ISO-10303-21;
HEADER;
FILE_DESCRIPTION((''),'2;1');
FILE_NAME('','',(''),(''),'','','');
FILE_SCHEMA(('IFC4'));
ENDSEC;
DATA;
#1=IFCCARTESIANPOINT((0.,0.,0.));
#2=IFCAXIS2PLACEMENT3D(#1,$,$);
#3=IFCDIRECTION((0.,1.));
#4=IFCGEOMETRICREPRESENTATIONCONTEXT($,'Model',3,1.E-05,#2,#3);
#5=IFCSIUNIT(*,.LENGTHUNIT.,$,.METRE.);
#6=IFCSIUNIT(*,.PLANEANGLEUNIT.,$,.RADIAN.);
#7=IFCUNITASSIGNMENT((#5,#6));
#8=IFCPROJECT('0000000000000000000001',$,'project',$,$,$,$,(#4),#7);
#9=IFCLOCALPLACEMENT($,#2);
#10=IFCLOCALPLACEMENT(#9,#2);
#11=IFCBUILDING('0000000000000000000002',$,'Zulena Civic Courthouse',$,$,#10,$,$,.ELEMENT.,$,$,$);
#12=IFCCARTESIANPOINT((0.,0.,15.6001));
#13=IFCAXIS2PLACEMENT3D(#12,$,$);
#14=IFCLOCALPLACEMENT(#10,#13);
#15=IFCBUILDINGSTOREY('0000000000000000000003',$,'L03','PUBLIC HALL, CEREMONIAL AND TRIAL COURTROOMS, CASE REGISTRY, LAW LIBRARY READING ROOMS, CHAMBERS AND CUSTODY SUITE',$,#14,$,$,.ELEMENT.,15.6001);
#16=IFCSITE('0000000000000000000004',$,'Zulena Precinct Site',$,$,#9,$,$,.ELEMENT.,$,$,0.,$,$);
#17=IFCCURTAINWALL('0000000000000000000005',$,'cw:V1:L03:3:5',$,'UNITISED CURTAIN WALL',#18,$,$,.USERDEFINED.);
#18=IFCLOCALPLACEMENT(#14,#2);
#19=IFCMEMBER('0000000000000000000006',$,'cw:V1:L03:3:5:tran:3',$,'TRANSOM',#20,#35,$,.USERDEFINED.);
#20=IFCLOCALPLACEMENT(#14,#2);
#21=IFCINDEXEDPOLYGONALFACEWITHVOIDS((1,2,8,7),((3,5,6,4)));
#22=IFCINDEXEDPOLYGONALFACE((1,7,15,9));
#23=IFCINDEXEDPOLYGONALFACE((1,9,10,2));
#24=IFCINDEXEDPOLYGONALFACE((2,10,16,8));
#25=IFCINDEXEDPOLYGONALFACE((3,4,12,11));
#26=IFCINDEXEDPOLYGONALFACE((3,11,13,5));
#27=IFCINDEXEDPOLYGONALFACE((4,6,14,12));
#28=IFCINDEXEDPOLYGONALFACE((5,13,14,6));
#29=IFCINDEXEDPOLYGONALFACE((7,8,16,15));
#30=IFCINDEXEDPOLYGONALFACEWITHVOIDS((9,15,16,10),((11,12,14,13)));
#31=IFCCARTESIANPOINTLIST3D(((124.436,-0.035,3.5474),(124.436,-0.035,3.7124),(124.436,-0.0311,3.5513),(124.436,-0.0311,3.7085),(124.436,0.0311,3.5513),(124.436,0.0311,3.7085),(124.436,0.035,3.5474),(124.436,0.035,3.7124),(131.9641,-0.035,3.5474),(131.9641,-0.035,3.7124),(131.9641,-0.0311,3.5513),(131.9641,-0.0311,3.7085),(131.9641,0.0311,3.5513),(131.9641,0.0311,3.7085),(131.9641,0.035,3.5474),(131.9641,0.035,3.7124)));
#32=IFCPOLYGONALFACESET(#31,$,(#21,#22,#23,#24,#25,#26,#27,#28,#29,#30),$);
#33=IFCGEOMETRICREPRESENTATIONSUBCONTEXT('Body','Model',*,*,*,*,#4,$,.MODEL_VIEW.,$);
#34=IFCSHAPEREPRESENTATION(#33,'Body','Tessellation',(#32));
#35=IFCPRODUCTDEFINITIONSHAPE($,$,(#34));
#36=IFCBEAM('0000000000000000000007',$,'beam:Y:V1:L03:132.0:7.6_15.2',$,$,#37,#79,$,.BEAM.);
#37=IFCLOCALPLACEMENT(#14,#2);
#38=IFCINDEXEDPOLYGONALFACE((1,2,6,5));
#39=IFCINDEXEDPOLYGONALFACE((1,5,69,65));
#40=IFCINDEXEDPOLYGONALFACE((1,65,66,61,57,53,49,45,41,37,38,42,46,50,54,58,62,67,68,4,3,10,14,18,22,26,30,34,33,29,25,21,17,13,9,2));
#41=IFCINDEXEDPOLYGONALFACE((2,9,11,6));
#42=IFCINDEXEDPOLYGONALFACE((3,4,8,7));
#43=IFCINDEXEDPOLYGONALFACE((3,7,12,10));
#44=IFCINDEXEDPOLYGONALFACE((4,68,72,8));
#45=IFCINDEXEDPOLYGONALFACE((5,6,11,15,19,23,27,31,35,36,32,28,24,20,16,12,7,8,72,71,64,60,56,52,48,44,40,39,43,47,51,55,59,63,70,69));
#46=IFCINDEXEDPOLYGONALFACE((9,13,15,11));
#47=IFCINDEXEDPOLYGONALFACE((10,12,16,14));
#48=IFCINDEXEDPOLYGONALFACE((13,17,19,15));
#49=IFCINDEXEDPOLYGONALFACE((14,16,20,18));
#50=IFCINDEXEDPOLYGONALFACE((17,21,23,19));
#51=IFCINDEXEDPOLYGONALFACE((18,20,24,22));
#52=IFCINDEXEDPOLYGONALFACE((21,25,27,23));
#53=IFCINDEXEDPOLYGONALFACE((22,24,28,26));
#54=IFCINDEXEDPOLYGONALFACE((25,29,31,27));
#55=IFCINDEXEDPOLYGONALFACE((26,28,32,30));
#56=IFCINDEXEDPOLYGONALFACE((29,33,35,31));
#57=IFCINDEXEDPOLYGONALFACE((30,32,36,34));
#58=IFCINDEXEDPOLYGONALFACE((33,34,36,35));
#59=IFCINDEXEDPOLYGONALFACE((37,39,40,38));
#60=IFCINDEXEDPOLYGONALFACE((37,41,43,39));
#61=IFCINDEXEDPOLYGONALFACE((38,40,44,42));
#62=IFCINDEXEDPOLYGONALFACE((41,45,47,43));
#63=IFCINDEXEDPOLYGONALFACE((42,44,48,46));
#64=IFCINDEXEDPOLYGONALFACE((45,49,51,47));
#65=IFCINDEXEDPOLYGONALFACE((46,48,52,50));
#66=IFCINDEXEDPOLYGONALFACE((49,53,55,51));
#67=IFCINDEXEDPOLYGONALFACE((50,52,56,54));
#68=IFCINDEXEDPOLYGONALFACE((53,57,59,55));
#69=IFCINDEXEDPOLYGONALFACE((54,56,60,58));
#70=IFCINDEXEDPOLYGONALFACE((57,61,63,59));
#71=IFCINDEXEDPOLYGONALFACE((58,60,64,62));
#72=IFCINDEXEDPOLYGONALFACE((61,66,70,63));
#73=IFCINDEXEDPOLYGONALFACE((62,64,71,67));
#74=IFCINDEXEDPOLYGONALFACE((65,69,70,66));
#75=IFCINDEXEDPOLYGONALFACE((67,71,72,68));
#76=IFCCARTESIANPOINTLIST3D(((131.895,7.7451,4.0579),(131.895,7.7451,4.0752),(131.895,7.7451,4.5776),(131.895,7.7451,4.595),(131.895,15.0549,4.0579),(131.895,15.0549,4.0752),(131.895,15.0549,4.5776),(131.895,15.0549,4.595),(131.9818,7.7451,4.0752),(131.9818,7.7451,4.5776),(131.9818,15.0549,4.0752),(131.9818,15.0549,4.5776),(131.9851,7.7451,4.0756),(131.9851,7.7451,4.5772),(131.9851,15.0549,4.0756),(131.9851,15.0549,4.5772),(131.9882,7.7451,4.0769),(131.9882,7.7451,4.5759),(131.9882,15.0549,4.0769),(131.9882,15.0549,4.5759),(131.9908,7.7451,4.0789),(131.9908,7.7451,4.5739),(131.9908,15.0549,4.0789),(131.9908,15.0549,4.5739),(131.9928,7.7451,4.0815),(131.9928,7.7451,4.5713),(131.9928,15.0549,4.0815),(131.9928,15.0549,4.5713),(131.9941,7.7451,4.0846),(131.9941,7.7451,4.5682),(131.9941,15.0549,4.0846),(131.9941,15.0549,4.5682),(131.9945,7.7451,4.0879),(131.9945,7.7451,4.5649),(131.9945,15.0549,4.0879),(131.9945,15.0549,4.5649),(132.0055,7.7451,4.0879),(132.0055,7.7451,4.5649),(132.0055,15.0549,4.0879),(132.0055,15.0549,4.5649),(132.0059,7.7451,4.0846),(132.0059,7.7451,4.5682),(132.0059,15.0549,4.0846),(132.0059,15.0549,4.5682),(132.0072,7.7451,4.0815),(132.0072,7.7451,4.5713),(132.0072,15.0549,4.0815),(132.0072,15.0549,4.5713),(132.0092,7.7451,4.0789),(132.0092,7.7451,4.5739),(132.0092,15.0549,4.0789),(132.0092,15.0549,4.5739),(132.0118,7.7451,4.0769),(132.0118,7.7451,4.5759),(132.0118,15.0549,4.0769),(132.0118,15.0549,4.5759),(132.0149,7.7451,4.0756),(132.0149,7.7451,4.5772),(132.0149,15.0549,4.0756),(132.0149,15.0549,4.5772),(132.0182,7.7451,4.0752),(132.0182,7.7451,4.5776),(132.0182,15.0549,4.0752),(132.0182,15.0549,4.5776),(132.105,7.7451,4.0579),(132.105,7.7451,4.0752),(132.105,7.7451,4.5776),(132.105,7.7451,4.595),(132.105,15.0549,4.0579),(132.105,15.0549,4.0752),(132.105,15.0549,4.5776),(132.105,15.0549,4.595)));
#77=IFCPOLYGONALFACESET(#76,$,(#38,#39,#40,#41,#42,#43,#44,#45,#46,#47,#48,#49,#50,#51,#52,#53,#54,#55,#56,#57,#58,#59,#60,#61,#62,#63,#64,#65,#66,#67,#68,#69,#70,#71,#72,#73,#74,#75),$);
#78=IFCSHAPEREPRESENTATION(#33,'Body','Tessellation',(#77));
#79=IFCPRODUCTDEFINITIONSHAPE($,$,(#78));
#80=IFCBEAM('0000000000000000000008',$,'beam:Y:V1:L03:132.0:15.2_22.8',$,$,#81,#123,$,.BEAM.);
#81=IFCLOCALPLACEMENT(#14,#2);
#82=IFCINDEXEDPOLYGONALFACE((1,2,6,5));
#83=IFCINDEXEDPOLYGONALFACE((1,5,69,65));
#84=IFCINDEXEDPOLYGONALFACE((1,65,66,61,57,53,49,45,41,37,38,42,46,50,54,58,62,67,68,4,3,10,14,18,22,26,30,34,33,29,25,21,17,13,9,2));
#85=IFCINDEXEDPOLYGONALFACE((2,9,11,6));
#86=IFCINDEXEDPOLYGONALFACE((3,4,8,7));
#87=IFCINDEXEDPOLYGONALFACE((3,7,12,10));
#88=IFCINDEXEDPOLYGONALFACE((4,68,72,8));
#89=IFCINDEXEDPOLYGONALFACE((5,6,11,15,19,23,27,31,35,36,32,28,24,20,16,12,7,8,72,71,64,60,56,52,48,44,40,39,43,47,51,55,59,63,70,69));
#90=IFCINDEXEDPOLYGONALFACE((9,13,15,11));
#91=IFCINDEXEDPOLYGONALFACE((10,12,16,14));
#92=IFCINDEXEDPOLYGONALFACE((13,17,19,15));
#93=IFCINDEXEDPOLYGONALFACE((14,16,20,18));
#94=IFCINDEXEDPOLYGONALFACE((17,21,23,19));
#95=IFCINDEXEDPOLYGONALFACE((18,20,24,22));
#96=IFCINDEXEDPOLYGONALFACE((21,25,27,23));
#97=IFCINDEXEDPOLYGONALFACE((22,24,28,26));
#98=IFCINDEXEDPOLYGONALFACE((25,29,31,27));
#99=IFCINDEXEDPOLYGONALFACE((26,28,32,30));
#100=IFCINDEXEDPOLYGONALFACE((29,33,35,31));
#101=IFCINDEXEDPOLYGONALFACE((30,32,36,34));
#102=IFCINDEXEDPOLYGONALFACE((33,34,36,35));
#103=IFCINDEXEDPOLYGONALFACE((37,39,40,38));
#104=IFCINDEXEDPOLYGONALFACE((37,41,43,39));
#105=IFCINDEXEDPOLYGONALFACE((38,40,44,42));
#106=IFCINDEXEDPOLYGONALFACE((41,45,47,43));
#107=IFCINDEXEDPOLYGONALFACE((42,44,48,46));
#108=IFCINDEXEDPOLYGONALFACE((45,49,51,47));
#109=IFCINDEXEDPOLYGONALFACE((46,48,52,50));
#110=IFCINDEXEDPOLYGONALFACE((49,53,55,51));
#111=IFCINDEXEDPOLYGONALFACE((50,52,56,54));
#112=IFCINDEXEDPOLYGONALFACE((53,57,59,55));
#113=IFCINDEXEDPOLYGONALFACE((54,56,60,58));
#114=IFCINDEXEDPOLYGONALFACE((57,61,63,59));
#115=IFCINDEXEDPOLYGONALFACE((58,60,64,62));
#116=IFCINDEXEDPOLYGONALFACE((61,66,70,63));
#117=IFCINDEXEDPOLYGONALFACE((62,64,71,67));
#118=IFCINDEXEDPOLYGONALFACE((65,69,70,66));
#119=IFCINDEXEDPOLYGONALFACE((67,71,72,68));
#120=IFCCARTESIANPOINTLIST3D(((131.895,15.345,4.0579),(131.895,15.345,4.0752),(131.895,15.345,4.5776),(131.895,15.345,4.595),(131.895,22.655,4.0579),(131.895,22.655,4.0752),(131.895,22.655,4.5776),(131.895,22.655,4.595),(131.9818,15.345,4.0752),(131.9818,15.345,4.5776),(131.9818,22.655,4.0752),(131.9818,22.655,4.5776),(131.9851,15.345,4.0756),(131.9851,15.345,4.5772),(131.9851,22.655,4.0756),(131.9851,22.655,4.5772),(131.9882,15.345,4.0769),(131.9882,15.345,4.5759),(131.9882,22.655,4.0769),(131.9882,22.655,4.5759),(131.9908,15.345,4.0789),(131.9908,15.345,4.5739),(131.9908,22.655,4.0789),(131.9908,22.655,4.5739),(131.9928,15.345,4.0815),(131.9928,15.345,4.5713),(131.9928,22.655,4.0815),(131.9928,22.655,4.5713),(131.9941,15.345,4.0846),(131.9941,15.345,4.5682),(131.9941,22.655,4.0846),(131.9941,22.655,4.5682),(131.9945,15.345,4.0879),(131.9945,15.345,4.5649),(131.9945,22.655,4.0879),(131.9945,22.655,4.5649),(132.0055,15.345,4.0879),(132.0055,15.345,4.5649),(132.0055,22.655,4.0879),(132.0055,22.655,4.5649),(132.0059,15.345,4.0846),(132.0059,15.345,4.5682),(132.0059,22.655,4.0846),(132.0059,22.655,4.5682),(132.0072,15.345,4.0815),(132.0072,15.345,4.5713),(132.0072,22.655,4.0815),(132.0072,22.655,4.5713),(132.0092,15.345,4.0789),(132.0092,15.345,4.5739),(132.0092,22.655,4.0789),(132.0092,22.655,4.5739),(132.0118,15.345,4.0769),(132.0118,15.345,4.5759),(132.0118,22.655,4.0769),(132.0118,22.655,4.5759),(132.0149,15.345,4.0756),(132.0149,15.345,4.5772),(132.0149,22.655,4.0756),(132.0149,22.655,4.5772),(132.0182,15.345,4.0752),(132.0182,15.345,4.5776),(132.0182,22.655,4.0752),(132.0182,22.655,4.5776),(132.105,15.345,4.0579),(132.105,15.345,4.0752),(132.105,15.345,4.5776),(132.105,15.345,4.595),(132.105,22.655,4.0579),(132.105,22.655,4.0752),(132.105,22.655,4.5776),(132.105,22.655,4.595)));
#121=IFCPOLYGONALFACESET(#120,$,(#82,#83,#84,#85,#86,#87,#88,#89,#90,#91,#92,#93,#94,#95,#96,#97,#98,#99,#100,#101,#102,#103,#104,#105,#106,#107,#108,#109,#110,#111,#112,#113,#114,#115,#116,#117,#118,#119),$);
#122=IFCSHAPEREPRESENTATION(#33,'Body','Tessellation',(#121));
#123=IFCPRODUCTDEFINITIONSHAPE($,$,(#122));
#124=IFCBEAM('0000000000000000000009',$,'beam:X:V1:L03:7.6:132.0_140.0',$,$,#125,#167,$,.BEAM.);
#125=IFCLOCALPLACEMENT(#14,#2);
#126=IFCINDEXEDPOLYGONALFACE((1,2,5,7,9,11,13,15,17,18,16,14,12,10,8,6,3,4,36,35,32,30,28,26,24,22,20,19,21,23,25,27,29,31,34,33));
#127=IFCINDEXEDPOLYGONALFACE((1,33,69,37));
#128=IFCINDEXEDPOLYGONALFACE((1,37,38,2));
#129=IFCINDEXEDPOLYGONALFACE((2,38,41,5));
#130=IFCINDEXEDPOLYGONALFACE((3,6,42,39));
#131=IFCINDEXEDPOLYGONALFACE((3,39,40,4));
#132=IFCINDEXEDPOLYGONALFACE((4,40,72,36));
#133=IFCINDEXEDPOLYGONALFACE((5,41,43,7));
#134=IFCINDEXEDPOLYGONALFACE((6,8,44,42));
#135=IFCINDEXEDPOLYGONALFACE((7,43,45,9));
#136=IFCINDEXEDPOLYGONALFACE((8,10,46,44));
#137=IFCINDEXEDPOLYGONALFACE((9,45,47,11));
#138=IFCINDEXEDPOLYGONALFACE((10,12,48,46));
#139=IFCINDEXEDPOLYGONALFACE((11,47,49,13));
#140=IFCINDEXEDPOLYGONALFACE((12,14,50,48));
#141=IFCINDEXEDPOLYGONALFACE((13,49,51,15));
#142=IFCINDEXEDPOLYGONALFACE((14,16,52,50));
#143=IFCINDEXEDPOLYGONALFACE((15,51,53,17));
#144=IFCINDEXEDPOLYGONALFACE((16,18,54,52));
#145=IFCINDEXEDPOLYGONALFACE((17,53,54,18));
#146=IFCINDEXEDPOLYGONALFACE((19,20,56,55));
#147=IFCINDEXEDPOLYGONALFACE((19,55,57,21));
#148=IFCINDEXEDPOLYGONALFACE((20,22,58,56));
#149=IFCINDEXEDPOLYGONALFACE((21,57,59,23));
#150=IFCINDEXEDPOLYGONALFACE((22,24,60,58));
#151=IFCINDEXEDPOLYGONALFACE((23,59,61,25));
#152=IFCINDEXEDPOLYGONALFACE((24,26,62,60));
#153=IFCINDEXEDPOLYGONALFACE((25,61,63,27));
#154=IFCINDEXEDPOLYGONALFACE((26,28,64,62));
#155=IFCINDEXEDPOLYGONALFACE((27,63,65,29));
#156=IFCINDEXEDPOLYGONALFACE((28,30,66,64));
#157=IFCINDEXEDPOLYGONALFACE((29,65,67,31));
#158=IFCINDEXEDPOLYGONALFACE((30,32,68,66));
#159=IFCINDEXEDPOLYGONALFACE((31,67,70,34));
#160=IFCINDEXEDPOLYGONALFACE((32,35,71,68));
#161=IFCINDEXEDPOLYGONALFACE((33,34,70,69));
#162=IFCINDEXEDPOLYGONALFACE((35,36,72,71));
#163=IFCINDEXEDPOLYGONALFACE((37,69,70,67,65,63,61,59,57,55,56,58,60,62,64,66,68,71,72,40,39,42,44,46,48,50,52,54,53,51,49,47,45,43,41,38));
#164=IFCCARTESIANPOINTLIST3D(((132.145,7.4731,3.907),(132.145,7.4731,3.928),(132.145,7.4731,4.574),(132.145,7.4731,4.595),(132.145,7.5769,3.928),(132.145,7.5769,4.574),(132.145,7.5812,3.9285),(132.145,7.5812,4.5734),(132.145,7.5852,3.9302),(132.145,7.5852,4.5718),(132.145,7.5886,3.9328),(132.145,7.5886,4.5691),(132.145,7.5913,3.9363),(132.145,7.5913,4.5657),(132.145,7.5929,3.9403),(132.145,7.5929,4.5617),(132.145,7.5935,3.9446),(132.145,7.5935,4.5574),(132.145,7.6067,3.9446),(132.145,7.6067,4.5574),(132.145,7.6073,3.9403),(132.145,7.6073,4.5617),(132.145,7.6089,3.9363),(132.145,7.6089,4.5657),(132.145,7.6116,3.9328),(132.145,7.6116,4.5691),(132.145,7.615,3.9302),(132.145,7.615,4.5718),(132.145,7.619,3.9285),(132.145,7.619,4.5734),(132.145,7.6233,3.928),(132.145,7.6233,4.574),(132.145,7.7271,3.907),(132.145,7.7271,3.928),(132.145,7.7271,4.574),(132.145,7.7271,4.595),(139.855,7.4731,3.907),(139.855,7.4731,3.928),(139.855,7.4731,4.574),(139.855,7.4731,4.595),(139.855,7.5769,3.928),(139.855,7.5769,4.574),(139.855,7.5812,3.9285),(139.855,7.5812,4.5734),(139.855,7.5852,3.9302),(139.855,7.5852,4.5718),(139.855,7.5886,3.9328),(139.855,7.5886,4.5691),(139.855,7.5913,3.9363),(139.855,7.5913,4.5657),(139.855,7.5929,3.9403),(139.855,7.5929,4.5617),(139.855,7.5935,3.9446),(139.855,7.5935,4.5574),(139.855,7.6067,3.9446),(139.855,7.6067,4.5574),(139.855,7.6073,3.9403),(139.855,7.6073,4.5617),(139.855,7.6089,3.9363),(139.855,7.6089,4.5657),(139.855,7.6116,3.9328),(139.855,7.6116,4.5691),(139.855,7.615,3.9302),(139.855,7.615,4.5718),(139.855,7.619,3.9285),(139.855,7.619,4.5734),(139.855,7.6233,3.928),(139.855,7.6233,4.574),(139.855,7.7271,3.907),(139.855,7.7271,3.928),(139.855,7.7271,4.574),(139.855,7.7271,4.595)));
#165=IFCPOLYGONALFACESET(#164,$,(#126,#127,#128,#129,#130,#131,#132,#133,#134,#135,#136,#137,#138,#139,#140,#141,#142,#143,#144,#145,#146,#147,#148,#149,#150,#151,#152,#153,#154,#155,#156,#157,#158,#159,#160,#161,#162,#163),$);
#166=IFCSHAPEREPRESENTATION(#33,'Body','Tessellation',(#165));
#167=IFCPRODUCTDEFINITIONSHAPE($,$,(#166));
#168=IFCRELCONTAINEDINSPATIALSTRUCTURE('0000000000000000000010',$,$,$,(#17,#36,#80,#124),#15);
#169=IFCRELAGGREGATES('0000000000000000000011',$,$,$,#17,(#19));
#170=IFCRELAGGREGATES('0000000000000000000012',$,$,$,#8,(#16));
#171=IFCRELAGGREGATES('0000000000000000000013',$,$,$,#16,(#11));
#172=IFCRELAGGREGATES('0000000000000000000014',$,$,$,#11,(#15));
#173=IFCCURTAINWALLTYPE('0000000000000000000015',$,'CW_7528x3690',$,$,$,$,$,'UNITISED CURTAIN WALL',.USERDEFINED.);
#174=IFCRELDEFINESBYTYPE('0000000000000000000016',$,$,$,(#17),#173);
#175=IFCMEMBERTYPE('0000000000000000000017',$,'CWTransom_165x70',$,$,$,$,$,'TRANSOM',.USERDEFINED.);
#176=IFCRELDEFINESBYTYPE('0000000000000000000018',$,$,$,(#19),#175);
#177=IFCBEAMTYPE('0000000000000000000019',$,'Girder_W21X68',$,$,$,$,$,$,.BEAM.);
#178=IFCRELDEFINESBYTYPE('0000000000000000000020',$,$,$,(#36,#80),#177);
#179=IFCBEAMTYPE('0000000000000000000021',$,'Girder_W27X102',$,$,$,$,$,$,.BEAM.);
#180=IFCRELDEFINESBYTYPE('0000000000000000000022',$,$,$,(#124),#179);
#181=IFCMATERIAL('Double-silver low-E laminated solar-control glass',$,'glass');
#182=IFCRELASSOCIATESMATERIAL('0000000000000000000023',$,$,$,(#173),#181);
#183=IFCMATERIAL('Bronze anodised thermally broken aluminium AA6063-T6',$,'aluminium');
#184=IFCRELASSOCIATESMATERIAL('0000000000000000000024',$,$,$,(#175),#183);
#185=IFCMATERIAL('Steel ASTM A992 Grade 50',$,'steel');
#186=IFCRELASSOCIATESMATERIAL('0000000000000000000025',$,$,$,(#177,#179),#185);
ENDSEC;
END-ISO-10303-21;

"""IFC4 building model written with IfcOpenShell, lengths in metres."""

from ifc_helpers import new_model, si_unit, direction, frame, origin, origin_2d, place, context, subcontext, project, spatial, hollow_rectangle, i_section, extrude, material, material_profile, profile_set, type_object, element, aggregate, save


model = new_model("IFC4")

# Units and contexts
model_context = context("Model", 3, precision=1e-05, world=origin(), true_north=direction((0.0, 1.0)))
body_context = subcontext(model_context, "Body", "Model", "MODEL_VIEW")
ifc_project = project(units=[si_unit("LENGTHUNIT", "METRE"), si_unit("PLANEANGLEUNIT", "RADIAN")], contexts=[model_context])

# Site, building, storey
site_placement = place(None, origin())
site = spatial("IfcSite", under=ifc_project, at=site_placement, Name="Zulena Precinct Site", CompositionType="ELEMENT", RefElevation=0.0)
building_placement = place(site_placement, origin())
building = spatial("IfcBuilding", under=site, at=building_placement, Name="Zulena Civic Courthouse", CompositionType="ELEMENT")
storey_placement = place(building_placement, frame((0.0, 0.0, 15.6001)))
storey = spatial("IfcBuildingStorey", under=building, at=storey_placement, Name="L03", Description="PUBLIC HALL, CEREMONIAL AND TRIAL COURTROOMS, CASE REGISTRY, LAW LIBRARY READING ROOMS, CHAMBERS AND CUSTODY SUITE", CompositionType="ELEMENT", Elevation=15.6001)

# Shared definitions
ifc_material_1 = material(Name="Steel ASTM A992 Grade 50", Category="steel")

# Curtain wall, member
ifc_material_2 = material(Name="Double-silver low-E laminated solar-control glass", Category="glass")
curtain_wall_type = type_object("IfcCurtainWallType", Name="CW_7528x3690", ElementType="UNITISED CURTAIN WALL", PredefinedType="USERDEFINED", material=ifc_material_2)
curtain_wall_placement = place(storey_placement, origin())
curtain_wall = element("IfcCurtainWall", 1, at=curtain_wall_placement, inside=storey, type_object=curtain_wall_type, Name="cw:V1:L03:3:5", ObjectType="UNITISED CURTAIN WALL", PredefinedType="USERDEFINED")
ifc_material_3 = material(Name="Bronze anodised thermally broken aluminium AA6063-T6", Category="aluminium")
ifc_material_profile_1 = material_profile(ifc_material_3, hollow_rectangle(XDim=0.0701, YDim=0.165, WallThickness=0.0039, at=origin_2d()), Name="CWT165X70X4")
ifc_profile_set_1 = profile_set([ifc_material_profile_1], Name="Bronze anodised thermally broken aluminium AA6063-T6")
member_type_1 = type_object("IfcMemberType", Name="CWTransom_165x70", ElementType="TRANSOM", PredefinedType="USERDEFINED", material=ifc_profile_set_1)
member_1_placement = place(storey_placement, frame((131.9641, 0.0, 3.6299), z_axis=(-1.0, 0.0, 0.0), x_axis=(0.0, -1.0, 0.0)))
member_1 = element("IfcMember", 2, at=member_1_placement, type_object=member_type_1, Name="cw:V1:L03:3:5:tran:3", ObjectType="TRANSOM", PredefinedType="USERDEFINED", context=body_context, shape_type="SweptSolid", body=[
    extrude(hollow_rectangle(XDim=0.0701, YDim=0.165, WallThickness=0.0039, at=origin_2d()), origin(), (0.0, 0.0, 1.0), 7.5281),
])

# Beams
ifc_material_profile_2 = material_profile(ifc_material_1, i_section(OverallWidth=0.21, OverallDepth=0.5371, WebThickness=0.011, FlangeThickness=0.0173, FilletRadius=0.0127, at=origin_2d()), Name="W21X68")
ifc_profile_set_2 = profile_set([ifc_material_profile_2], Name="Steel ASTM A992 Grade 50")
beam_type_1 = type_object("IfcBeamType", Name="Girder_W21X68", PredefinedType="BEAM", material=ifc_profile_set_2)
beam_1_placement = place(storey_placement, frame((132.0, 7.7451, 4.3264), z_axis=(0.0, 1.0, 0.0), x_axis=(-1.0, 0.0, 0.0)))
element("IfcBeam", 3, at=beam_1_placement, inside=storey, type_object=beam_type_1, Name="beam:Y:V1:L03:132.0:7.6_15.2", PredefinedType="BEAM", context=body_context, shape_type="SweptSolid", body=[
    extrude(i_section(OverallWidth=0.21, OverallDepth=0.5371, WebThickness=0.011, FlangeThickness=0.0173, FilletRadius=0.0127, at=origin_2d()), origin(), (0.0, 0.0, 1.0), 7.3098),
])
beam_2_placement = place(storey_placement, frame((132.0, 15.345, 4.3264), z_axis=(0.0, 1.0, 0.0), x_axis=(-1.0, 0.0, 0.0)))
element("IfcBeam", 4, at=beam_2_placement, inside=storey, type_object=beam_type_1, Name="beam:Y:V1:L03:132.0:15.2_22.8", PredefinedType="BEAM", context=body_context, shape_type="SweptSolid", body=[
    extrude(i_section(OverallWidth=0.21, OverallDepth=0.5371, WebThickness=0.011, FlangeThickness=0.0173, FilletRadius=0.0127, at=origin_2d()), origin(), (0.0, 0.0, 1.0), 7.3101),
])
ifc_material_profile_3 = material_profile(ifc_material_1, i_section(OverallWidth=0.2539, OverallDepth=0.688, WebThickness=0.0132, FlangeThickness=0.021, FilletRadius=0.0166, at=origin_2d()), Name="W27X102")
ifc_profile_set_3 = profile_set([ifc_material_profile_3], Name="Steel ASTM A992 Grade 50")
beam_type_2 = type_object("IfcBeamType", Name="Girder_W27X102", PredefinedType="BEAM", material=ifc_profile_set_3)
for number, where, z_axis, x_axis, name in (
    (5, (132.145, 7.6001, 4.251), (1.0, 0.0, 0.0), (0.0, 1.0, 0.0), "beam:X:V1:L03:7.6:132.0_140.0"),
):
    element("IfcBeam", number, at=place(storey_placement, frame(where, z_axis=z_axis, x_axis=x_axis)), inside=storey, type_object=beam_type_2, Name=name, PredefinedType="BEAM", context=body_context, shape_type="SweptSolid", body=[
        extrude(i_section(OverallWidth=0.2539, OverallDepth=0.688, WebThickness=0.0132, FlangeThickness=0.021, FilletRadius=0.0166, at=origin_2d()), origin(), (0.0, 0.0, 1.0), 7.71),
    ])

aggregate(curtain_wall, [member_1])

save(model, "model.ifc")
